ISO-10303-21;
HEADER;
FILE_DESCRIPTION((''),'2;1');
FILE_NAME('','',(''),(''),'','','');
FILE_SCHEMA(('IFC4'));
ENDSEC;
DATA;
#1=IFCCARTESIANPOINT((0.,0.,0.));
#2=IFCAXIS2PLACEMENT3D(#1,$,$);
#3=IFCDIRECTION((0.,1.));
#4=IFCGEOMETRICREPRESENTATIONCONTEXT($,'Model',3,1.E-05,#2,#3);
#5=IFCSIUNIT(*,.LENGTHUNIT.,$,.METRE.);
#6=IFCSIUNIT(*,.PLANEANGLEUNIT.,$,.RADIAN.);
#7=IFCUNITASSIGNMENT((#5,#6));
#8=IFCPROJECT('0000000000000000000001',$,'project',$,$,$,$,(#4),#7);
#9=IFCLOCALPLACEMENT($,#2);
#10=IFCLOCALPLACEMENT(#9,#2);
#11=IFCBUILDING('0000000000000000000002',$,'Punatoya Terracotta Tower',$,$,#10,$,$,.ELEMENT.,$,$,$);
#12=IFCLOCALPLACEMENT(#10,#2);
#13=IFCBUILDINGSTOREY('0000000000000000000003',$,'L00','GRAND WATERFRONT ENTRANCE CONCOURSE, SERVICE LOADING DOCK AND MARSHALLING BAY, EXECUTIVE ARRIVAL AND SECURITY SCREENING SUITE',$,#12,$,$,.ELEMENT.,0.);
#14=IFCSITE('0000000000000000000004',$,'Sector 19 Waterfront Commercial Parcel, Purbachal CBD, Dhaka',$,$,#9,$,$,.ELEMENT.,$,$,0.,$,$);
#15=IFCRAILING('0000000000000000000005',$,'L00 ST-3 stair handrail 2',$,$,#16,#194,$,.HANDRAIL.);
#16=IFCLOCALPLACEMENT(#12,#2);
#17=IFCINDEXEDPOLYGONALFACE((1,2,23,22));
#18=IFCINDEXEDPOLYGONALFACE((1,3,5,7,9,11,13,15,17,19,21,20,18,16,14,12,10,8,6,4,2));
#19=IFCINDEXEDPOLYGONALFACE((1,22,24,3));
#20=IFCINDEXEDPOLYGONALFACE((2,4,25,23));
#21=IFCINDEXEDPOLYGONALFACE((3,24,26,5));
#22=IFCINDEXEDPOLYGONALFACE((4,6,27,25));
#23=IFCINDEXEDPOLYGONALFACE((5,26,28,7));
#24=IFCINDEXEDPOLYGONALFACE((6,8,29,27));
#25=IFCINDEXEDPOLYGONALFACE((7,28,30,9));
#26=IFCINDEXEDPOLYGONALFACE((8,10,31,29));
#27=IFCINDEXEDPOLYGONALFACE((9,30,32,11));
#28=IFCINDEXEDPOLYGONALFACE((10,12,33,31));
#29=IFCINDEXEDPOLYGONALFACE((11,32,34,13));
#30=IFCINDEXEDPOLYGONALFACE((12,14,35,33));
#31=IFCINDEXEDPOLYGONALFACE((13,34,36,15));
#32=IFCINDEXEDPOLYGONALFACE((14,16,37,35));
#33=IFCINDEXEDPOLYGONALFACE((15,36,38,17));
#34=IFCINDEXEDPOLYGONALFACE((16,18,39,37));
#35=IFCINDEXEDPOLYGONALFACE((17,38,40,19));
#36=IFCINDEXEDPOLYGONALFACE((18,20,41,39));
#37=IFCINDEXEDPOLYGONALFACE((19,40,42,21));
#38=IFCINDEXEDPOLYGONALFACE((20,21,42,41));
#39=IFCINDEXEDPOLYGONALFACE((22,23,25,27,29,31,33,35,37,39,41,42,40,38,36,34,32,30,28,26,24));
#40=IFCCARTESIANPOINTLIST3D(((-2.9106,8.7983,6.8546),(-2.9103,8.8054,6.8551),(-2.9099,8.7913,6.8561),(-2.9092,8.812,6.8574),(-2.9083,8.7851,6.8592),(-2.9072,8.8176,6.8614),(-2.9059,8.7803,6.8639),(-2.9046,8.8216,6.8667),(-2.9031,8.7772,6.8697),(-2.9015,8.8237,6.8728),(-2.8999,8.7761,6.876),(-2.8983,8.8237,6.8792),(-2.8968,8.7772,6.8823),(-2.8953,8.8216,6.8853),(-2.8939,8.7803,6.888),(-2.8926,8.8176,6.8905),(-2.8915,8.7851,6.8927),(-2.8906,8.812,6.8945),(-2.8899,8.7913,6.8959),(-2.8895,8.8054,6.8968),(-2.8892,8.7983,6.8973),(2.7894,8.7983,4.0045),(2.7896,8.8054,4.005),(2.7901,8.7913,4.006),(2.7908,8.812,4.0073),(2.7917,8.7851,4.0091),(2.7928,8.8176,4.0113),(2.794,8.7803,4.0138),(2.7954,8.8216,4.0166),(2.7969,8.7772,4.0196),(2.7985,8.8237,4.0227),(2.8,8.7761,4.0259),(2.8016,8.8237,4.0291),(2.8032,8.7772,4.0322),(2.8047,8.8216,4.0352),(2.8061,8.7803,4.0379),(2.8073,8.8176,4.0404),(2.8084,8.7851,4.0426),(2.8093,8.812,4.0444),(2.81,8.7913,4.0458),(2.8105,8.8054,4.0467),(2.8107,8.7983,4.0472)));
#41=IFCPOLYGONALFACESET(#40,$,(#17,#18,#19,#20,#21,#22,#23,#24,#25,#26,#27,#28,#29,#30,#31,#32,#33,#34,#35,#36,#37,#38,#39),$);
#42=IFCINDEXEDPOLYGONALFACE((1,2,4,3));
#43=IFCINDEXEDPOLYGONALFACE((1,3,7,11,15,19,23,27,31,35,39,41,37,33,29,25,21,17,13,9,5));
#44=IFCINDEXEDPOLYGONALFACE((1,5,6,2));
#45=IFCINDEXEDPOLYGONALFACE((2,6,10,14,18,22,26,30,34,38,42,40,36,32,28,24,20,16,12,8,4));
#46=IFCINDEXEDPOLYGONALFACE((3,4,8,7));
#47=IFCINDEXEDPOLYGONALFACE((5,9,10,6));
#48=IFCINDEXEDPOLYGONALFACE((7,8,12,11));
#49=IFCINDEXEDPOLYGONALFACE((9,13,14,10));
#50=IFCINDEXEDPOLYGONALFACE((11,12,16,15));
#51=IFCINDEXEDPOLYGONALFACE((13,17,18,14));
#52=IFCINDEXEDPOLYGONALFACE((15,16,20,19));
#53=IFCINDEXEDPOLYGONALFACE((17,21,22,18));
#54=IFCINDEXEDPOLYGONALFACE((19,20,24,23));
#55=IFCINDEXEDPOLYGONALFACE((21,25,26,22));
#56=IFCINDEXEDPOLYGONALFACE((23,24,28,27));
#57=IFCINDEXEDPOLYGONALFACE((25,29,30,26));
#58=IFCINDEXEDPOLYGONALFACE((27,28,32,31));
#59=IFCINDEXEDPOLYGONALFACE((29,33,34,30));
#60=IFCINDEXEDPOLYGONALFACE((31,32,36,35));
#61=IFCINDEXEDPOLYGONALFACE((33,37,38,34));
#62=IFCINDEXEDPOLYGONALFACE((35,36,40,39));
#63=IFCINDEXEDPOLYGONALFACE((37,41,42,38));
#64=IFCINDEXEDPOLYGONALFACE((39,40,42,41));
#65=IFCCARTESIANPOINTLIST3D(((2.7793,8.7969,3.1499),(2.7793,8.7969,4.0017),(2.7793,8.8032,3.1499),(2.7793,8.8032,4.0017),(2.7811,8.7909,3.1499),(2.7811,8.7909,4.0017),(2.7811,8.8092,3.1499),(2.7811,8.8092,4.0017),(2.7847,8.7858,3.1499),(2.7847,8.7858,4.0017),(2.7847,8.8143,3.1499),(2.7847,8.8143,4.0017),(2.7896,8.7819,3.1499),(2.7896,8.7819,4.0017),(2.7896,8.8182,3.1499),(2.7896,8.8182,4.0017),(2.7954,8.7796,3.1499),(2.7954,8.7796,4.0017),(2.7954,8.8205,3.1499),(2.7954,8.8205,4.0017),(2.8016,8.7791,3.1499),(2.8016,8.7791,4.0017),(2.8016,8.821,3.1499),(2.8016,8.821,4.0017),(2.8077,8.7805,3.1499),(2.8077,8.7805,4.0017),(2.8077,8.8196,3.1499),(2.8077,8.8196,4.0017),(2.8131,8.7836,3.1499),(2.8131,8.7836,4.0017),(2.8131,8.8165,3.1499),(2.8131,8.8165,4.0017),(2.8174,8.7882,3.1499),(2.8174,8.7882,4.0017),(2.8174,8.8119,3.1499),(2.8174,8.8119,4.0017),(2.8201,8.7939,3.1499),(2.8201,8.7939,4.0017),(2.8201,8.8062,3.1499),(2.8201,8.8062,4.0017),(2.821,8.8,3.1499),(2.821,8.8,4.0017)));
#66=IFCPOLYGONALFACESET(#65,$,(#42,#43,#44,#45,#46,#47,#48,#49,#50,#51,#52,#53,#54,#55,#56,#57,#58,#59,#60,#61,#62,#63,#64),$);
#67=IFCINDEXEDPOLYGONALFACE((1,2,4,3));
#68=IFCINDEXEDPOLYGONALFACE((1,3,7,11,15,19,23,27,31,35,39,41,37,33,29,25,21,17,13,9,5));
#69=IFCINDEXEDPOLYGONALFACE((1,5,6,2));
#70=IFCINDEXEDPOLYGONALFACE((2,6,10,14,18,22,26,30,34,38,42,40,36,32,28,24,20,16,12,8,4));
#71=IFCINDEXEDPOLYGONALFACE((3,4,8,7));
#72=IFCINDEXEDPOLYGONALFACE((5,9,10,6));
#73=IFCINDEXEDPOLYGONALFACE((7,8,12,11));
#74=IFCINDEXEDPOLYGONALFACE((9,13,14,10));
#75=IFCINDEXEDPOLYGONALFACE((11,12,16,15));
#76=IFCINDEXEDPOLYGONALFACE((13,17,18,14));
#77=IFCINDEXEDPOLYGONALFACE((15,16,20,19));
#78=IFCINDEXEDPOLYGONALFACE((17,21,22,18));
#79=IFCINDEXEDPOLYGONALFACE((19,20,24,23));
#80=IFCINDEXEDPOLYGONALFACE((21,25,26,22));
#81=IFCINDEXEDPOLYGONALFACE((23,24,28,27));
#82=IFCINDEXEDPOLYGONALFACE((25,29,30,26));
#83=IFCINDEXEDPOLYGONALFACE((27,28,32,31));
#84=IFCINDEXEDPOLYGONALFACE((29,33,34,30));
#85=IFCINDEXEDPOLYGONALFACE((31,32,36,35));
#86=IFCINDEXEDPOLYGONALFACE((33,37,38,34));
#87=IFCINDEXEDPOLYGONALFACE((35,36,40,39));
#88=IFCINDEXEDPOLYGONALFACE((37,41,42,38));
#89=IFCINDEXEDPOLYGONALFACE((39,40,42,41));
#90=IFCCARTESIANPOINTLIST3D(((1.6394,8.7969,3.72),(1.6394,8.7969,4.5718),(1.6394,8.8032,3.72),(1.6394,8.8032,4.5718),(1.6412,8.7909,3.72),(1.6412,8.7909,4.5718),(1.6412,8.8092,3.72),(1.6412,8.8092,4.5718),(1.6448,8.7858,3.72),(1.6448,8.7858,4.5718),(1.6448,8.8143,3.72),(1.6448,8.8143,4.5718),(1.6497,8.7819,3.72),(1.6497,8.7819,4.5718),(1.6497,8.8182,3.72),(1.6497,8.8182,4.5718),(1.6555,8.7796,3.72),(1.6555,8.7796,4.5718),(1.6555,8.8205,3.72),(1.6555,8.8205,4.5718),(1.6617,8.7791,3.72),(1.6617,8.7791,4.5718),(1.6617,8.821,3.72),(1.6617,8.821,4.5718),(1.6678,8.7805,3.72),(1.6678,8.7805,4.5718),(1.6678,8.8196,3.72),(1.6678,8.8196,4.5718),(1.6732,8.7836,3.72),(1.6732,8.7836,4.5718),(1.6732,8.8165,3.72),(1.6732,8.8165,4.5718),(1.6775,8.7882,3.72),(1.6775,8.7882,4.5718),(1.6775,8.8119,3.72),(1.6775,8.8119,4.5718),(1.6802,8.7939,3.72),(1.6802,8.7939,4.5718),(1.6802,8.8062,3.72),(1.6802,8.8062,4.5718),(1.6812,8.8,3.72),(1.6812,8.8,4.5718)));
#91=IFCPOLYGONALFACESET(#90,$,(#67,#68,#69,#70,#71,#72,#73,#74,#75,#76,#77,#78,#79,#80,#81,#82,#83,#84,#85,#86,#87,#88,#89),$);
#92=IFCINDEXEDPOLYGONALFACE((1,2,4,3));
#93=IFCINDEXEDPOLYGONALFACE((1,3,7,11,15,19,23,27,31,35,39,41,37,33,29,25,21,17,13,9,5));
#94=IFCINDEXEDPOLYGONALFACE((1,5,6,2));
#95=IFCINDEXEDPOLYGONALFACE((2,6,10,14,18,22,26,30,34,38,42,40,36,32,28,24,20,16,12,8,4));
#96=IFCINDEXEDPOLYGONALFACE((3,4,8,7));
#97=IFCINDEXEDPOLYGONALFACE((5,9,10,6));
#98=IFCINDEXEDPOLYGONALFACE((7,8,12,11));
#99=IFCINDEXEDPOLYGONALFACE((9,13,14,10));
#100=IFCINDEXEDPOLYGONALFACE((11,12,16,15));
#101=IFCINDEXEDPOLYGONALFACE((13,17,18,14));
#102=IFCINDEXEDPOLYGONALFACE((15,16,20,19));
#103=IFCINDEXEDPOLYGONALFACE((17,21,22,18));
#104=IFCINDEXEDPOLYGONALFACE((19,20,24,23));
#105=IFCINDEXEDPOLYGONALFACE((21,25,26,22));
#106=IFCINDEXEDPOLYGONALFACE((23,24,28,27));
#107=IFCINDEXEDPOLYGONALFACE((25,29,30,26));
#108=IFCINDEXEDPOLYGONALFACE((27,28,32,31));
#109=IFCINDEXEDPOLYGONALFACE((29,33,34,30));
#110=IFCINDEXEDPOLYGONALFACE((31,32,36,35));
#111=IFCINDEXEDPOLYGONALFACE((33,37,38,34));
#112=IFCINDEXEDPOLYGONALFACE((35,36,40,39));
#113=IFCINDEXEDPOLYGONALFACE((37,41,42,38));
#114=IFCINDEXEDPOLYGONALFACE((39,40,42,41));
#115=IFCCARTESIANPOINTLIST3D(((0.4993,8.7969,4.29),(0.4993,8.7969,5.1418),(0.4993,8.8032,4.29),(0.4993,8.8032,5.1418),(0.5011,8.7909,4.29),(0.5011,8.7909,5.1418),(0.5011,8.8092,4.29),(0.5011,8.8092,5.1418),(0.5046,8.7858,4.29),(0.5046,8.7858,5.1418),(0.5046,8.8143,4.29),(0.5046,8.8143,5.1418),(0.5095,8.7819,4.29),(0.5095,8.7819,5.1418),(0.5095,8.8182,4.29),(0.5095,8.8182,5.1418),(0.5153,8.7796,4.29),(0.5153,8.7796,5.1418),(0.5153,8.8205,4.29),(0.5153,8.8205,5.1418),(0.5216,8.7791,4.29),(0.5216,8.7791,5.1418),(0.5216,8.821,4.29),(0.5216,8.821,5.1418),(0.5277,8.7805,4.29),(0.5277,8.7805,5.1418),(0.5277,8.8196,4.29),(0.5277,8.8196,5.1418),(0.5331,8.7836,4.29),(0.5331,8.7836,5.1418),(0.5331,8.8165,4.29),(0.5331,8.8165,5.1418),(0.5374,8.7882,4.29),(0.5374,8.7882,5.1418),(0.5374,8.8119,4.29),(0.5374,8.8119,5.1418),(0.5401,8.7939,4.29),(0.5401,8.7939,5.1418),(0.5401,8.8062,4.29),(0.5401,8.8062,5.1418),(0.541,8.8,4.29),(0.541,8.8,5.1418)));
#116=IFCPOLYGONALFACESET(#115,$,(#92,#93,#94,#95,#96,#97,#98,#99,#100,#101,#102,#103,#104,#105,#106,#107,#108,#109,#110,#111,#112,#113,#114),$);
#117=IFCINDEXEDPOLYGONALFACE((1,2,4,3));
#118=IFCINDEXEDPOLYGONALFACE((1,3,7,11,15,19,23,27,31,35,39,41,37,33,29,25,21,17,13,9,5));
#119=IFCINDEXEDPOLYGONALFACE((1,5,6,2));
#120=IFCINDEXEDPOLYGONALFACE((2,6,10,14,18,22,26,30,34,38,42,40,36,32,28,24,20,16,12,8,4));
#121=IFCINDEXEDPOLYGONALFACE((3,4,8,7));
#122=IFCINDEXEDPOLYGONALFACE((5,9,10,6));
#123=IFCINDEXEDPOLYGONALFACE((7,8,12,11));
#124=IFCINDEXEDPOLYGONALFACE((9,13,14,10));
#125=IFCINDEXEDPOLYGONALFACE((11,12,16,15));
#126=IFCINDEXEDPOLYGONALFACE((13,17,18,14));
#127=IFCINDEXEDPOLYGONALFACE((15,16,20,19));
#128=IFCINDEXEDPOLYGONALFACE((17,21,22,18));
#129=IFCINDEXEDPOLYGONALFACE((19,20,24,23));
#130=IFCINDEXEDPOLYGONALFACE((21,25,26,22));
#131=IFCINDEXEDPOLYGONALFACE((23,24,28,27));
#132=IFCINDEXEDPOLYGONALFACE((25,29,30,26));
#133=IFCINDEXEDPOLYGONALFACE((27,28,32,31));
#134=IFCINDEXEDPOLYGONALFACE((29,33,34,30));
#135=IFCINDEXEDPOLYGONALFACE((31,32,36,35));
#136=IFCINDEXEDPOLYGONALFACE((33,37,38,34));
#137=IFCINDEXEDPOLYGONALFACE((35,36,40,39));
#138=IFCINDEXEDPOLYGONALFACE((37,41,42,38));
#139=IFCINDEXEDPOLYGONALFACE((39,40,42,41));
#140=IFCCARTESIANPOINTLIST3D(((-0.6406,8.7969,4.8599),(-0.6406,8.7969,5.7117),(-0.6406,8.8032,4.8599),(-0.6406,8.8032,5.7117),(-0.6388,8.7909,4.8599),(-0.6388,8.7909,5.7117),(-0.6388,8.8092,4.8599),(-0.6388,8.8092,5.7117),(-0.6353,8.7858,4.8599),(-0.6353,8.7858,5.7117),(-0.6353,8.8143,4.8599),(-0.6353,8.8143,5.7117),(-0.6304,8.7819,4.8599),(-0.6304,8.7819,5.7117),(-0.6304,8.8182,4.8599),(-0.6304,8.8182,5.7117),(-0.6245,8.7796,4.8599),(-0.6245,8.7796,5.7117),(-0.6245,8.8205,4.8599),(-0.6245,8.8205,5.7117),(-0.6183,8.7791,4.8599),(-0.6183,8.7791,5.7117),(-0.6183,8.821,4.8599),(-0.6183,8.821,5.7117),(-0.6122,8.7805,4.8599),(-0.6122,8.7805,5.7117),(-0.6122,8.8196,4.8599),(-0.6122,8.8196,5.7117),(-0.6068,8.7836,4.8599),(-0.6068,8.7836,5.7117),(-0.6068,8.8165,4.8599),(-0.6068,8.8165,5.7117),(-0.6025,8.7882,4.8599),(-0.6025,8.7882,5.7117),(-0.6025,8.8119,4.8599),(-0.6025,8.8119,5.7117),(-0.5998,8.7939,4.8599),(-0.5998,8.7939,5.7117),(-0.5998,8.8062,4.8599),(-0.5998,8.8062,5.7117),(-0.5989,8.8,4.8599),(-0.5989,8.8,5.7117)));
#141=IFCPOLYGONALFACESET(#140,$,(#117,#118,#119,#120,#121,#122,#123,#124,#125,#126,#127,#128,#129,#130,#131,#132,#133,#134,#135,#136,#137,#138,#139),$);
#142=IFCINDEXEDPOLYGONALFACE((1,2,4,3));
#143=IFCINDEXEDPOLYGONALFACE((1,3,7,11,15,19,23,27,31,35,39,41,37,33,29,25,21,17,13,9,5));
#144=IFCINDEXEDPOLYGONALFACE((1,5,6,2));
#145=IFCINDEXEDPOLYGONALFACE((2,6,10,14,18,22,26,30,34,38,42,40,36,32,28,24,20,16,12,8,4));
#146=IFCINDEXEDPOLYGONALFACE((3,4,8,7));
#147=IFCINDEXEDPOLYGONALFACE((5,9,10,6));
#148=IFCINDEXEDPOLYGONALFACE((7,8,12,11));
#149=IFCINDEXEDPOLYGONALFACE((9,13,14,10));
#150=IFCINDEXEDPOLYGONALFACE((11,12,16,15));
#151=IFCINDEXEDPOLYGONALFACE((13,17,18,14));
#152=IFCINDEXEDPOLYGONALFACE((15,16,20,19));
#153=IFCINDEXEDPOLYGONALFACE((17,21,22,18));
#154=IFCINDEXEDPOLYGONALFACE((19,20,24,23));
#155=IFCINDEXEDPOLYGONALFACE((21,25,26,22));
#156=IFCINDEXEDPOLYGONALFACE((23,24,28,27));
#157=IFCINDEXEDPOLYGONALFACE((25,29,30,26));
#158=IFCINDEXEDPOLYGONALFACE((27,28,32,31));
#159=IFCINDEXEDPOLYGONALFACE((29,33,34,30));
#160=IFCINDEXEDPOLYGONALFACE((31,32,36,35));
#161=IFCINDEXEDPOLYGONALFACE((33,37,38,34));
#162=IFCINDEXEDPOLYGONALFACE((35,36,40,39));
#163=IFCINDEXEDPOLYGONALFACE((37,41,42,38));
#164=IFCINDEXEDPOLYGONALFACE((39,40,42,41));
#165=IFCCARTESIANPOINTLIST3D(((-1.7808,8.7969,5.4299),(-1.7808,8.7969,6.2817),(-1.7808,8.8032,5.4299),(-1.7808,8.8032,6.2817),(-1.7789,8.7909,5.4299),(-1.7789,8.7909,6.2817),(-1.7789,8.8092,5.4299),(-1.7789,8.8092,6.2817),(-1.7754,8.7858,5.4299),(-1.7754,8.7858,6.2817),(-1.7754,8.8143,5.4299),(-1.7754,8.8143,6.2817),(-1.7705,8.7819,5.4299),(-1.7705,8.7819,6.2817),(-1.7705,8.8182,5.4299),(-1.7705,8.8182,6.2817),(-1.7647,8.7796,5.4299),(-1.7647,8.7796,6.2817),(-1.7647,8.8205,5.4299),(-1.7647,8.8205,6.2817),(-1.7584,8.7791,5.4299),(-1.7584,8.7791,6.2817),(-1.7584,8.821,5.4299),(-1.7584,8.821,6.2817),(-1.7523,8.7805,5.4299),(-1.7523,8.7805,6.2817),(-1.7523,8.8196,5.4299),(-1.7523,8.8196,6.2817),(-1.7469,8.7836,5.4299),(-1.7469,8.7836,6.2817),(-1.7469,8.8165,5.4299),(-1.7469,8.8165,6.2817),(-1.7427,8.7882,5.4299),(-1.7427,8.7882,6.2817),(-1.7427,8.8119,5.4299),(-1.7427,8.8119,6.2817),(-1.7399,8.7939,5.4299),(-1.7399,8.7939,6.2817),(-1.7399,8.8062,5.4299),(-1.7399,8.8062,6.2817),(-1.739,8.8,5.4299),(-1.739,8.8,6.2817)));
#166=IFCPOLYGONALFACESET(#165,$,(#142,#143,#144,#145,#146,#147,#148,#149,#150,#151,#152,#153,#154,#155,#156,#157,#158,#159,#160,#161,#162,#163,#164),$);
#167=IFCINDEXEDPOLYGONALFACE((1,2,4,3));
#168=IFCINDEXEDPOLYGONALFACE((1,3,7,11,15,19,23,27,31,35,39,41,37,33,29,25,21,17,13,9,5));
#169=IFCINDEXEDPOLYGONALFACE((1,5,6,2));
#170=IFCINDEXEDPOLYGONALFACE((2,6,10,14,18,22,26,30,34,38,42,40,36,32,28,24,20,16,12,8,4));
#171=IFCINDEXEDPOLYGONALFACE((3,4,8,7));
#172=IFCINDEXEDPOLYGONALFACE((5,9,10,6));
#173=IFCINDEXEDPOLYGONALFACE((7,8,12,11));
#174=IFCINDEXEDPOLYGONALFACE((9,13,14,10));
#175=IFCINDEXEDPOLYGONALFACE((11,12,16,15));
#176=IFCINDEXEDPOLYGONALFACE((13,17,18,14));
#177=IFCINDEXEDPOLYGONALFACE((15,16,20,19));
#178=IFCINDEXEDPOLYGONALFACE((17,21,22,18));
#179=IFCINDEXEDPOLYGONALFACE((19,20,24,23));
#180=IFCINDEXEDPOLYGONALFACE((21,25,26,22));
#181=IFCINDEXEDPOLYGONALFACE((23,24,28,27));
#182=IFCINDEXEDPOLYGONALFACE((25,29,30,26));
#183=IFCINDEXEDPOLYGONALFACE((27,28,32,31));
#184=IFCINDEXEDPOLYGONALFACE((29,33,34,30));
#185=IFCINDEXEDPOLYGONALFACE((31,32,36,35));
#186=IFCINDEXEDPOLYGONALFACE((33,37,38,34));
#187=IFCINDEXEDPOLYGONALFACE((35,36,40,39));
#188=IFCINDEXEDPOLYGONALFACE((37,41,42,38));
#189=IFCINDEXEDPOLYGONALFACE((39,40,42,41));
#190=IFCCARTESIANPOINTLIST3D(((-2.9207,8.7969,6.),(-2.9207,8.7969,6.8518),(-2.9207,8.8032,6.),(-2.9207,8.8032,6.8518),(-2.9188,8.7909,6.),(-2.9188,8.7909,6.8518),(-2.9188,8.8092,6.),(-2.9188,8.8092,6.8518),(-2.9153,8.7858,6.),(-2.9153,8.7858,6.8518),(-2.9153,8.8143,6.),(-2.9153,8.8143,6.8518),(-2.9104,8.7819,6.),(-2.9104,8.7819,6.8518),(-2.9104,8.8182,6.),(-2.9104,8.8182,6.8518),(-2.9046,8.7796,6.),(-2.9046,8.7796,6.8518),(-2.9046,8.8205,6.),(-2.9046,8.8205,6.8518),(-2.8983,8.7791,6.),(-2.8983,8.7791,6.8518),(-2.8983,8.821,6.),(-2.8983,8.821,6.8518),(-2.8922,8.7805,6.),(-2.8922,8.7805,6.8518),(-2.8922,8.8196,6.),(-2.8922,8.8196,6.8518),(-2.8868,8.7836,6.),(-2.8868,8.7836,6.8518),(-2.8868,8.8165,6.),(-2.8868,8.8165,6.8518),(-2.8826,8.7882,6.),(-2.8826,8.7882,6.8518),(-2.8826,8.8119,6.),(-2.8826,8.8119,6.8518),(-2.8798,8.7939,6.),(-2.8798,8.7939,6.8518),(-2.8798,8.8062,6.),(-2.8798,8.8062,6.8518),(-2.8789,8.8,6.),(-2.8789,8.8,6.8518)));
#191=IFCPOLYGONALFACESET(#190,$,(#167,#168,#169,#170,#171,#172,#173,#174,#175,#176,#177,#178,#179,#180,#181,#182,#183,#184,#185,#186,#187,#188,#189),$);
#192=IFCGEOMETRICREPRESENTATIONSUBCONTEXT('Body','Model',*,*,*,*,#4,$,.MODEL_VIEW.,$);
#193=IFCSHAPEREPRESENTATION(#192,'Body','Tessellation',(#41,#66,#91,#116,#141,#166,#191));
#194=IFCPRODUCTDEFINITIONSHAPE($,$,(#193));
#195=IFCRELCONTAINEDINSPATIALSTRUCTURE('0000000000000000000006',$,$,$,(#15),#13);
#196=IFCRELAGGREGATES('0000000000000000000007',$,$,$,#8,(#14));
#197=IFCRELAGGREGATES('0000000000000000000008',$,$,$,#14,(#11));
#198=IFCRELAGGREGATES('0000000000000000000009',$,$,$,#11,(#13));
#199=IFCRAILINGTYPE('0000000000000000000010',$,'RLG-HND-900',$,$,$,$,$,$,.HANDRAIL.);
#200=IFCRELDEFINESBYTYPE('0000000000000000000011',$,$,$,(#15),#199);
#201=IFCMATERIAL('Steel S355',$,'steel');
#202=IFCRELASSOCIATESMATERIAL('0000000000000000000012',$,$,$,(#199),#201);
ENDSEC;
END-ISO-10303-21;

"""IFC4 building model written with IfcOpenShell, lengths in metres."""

from ifc_helpers import new_model, si_unit, direction, frame, origin, origin_2d, place, context, subcontext, project, spatial, circle, extrude, material, type_object, element, save


model = new_model("IFC4")

# Units and contexts
model_context = context("Model", 3, precision=1e-05, world=origin(), true_north=direction((0.0, 1.0)))
body_context = subcontext(model_context, "Body", "Model", "MODEL_VIEW")
ifc_project = project(units=[si_unit("LENGTHUNIT", "METRE"), si_unit("PLANEANGLEUNIT", "RADIAN")], contexts=[model_context])

# Site, building, storey
site_placement = place(None, origin())
site = spatial("IfcSite", under=ifc_project, at=site_placement, Name="Sector 19 Waterfront Commercial Parcel, Purbachal CBD, Dhaka", CompositionType="ELEMENT", RefElevation=0.0)
building_placement = place(site_placement, origin())
building = spatial("IfcBuilding", under=site, at=building_placement, Name="Punatoya Terracotta Tower", CompositionType="ELEMENT")
storey_placement = place(building_placement, origin())
storey = spatial("IfcBuildingStorey", under=building, at=storey_placement, Name="L00", Description="GRAND WATERFRONT ENTRANCE CONCOURSE, SERVICE LOADING DOCK AND MARSHALLING BAY, EXECUTIVE ARRIVAL AND SECURITY SCREENING SUITE", CompositionType="ELEMENT", Elevation=0.0)

# Shared definitions
ifc_material_1 = material(Name="Steel S355", Category="steel")

# Railing
railing_type_1 = type_object("IfcRailingType", Name="RLG-HND-900", PredefinedType="HANDRAIL", material=ifc_material_1)
railing_1_placement = place(storey_placement, frame((2.8, 8.8, 3.1499)))
element("IfcRailing", 1, at=railing_1_placement, inside=storey, type_object=railing_type_1, Name="L00 ST-3 stair handrail 2", PredefinedType="HANDRAIL", context=body_context, shape_type="SweptSolid", body=[
    extrude(circle(Radius=0.0239, at=origin_2d()), frame((0.0, 0.0, 0.876), z_axis=(-0.89442, 0.0, 0.447229), x_axis=(0.0, -1.0, 0.0)), (0.0, 0.0, 1.0), 6.3728),
    extrude(circle(Radius=0.021, at=origin_2d()), origin(), (0.0, 0.0, 1.0), 0.8518),
    extrude(circle(Radius=0.021, at=origin_2d()), frame((-1.1399, 0.0, 0.5701)), (0.0, 0.0, 1.0), 0.8518),
    extrude(circle(Radius=0.021, at=origin_2d()), frame((-2.28, 0.0, 1.1401)), (0.0, 0.0, 1.0), 0.8518),
    extrude(circle(Radius=0.021, at=origin_2d()), frame((-3.4199, 0.0, 1.71)), (0.0, 0.0, 1.0), 0.8518),
    extrude(circle(Radius=0.021, at=origin_2d()), frame((-4.5601, 0.0, 2.28)), (0.0, 0.0, 1.0), 0.8518),
    extrude(circle(Radius=0.021, at=origin_2d()), frame((-5.7, 0.0, 2.8501)), (0.0, 0.0, 1.0), 0.8518),
])

save(model, "model.ifc")
